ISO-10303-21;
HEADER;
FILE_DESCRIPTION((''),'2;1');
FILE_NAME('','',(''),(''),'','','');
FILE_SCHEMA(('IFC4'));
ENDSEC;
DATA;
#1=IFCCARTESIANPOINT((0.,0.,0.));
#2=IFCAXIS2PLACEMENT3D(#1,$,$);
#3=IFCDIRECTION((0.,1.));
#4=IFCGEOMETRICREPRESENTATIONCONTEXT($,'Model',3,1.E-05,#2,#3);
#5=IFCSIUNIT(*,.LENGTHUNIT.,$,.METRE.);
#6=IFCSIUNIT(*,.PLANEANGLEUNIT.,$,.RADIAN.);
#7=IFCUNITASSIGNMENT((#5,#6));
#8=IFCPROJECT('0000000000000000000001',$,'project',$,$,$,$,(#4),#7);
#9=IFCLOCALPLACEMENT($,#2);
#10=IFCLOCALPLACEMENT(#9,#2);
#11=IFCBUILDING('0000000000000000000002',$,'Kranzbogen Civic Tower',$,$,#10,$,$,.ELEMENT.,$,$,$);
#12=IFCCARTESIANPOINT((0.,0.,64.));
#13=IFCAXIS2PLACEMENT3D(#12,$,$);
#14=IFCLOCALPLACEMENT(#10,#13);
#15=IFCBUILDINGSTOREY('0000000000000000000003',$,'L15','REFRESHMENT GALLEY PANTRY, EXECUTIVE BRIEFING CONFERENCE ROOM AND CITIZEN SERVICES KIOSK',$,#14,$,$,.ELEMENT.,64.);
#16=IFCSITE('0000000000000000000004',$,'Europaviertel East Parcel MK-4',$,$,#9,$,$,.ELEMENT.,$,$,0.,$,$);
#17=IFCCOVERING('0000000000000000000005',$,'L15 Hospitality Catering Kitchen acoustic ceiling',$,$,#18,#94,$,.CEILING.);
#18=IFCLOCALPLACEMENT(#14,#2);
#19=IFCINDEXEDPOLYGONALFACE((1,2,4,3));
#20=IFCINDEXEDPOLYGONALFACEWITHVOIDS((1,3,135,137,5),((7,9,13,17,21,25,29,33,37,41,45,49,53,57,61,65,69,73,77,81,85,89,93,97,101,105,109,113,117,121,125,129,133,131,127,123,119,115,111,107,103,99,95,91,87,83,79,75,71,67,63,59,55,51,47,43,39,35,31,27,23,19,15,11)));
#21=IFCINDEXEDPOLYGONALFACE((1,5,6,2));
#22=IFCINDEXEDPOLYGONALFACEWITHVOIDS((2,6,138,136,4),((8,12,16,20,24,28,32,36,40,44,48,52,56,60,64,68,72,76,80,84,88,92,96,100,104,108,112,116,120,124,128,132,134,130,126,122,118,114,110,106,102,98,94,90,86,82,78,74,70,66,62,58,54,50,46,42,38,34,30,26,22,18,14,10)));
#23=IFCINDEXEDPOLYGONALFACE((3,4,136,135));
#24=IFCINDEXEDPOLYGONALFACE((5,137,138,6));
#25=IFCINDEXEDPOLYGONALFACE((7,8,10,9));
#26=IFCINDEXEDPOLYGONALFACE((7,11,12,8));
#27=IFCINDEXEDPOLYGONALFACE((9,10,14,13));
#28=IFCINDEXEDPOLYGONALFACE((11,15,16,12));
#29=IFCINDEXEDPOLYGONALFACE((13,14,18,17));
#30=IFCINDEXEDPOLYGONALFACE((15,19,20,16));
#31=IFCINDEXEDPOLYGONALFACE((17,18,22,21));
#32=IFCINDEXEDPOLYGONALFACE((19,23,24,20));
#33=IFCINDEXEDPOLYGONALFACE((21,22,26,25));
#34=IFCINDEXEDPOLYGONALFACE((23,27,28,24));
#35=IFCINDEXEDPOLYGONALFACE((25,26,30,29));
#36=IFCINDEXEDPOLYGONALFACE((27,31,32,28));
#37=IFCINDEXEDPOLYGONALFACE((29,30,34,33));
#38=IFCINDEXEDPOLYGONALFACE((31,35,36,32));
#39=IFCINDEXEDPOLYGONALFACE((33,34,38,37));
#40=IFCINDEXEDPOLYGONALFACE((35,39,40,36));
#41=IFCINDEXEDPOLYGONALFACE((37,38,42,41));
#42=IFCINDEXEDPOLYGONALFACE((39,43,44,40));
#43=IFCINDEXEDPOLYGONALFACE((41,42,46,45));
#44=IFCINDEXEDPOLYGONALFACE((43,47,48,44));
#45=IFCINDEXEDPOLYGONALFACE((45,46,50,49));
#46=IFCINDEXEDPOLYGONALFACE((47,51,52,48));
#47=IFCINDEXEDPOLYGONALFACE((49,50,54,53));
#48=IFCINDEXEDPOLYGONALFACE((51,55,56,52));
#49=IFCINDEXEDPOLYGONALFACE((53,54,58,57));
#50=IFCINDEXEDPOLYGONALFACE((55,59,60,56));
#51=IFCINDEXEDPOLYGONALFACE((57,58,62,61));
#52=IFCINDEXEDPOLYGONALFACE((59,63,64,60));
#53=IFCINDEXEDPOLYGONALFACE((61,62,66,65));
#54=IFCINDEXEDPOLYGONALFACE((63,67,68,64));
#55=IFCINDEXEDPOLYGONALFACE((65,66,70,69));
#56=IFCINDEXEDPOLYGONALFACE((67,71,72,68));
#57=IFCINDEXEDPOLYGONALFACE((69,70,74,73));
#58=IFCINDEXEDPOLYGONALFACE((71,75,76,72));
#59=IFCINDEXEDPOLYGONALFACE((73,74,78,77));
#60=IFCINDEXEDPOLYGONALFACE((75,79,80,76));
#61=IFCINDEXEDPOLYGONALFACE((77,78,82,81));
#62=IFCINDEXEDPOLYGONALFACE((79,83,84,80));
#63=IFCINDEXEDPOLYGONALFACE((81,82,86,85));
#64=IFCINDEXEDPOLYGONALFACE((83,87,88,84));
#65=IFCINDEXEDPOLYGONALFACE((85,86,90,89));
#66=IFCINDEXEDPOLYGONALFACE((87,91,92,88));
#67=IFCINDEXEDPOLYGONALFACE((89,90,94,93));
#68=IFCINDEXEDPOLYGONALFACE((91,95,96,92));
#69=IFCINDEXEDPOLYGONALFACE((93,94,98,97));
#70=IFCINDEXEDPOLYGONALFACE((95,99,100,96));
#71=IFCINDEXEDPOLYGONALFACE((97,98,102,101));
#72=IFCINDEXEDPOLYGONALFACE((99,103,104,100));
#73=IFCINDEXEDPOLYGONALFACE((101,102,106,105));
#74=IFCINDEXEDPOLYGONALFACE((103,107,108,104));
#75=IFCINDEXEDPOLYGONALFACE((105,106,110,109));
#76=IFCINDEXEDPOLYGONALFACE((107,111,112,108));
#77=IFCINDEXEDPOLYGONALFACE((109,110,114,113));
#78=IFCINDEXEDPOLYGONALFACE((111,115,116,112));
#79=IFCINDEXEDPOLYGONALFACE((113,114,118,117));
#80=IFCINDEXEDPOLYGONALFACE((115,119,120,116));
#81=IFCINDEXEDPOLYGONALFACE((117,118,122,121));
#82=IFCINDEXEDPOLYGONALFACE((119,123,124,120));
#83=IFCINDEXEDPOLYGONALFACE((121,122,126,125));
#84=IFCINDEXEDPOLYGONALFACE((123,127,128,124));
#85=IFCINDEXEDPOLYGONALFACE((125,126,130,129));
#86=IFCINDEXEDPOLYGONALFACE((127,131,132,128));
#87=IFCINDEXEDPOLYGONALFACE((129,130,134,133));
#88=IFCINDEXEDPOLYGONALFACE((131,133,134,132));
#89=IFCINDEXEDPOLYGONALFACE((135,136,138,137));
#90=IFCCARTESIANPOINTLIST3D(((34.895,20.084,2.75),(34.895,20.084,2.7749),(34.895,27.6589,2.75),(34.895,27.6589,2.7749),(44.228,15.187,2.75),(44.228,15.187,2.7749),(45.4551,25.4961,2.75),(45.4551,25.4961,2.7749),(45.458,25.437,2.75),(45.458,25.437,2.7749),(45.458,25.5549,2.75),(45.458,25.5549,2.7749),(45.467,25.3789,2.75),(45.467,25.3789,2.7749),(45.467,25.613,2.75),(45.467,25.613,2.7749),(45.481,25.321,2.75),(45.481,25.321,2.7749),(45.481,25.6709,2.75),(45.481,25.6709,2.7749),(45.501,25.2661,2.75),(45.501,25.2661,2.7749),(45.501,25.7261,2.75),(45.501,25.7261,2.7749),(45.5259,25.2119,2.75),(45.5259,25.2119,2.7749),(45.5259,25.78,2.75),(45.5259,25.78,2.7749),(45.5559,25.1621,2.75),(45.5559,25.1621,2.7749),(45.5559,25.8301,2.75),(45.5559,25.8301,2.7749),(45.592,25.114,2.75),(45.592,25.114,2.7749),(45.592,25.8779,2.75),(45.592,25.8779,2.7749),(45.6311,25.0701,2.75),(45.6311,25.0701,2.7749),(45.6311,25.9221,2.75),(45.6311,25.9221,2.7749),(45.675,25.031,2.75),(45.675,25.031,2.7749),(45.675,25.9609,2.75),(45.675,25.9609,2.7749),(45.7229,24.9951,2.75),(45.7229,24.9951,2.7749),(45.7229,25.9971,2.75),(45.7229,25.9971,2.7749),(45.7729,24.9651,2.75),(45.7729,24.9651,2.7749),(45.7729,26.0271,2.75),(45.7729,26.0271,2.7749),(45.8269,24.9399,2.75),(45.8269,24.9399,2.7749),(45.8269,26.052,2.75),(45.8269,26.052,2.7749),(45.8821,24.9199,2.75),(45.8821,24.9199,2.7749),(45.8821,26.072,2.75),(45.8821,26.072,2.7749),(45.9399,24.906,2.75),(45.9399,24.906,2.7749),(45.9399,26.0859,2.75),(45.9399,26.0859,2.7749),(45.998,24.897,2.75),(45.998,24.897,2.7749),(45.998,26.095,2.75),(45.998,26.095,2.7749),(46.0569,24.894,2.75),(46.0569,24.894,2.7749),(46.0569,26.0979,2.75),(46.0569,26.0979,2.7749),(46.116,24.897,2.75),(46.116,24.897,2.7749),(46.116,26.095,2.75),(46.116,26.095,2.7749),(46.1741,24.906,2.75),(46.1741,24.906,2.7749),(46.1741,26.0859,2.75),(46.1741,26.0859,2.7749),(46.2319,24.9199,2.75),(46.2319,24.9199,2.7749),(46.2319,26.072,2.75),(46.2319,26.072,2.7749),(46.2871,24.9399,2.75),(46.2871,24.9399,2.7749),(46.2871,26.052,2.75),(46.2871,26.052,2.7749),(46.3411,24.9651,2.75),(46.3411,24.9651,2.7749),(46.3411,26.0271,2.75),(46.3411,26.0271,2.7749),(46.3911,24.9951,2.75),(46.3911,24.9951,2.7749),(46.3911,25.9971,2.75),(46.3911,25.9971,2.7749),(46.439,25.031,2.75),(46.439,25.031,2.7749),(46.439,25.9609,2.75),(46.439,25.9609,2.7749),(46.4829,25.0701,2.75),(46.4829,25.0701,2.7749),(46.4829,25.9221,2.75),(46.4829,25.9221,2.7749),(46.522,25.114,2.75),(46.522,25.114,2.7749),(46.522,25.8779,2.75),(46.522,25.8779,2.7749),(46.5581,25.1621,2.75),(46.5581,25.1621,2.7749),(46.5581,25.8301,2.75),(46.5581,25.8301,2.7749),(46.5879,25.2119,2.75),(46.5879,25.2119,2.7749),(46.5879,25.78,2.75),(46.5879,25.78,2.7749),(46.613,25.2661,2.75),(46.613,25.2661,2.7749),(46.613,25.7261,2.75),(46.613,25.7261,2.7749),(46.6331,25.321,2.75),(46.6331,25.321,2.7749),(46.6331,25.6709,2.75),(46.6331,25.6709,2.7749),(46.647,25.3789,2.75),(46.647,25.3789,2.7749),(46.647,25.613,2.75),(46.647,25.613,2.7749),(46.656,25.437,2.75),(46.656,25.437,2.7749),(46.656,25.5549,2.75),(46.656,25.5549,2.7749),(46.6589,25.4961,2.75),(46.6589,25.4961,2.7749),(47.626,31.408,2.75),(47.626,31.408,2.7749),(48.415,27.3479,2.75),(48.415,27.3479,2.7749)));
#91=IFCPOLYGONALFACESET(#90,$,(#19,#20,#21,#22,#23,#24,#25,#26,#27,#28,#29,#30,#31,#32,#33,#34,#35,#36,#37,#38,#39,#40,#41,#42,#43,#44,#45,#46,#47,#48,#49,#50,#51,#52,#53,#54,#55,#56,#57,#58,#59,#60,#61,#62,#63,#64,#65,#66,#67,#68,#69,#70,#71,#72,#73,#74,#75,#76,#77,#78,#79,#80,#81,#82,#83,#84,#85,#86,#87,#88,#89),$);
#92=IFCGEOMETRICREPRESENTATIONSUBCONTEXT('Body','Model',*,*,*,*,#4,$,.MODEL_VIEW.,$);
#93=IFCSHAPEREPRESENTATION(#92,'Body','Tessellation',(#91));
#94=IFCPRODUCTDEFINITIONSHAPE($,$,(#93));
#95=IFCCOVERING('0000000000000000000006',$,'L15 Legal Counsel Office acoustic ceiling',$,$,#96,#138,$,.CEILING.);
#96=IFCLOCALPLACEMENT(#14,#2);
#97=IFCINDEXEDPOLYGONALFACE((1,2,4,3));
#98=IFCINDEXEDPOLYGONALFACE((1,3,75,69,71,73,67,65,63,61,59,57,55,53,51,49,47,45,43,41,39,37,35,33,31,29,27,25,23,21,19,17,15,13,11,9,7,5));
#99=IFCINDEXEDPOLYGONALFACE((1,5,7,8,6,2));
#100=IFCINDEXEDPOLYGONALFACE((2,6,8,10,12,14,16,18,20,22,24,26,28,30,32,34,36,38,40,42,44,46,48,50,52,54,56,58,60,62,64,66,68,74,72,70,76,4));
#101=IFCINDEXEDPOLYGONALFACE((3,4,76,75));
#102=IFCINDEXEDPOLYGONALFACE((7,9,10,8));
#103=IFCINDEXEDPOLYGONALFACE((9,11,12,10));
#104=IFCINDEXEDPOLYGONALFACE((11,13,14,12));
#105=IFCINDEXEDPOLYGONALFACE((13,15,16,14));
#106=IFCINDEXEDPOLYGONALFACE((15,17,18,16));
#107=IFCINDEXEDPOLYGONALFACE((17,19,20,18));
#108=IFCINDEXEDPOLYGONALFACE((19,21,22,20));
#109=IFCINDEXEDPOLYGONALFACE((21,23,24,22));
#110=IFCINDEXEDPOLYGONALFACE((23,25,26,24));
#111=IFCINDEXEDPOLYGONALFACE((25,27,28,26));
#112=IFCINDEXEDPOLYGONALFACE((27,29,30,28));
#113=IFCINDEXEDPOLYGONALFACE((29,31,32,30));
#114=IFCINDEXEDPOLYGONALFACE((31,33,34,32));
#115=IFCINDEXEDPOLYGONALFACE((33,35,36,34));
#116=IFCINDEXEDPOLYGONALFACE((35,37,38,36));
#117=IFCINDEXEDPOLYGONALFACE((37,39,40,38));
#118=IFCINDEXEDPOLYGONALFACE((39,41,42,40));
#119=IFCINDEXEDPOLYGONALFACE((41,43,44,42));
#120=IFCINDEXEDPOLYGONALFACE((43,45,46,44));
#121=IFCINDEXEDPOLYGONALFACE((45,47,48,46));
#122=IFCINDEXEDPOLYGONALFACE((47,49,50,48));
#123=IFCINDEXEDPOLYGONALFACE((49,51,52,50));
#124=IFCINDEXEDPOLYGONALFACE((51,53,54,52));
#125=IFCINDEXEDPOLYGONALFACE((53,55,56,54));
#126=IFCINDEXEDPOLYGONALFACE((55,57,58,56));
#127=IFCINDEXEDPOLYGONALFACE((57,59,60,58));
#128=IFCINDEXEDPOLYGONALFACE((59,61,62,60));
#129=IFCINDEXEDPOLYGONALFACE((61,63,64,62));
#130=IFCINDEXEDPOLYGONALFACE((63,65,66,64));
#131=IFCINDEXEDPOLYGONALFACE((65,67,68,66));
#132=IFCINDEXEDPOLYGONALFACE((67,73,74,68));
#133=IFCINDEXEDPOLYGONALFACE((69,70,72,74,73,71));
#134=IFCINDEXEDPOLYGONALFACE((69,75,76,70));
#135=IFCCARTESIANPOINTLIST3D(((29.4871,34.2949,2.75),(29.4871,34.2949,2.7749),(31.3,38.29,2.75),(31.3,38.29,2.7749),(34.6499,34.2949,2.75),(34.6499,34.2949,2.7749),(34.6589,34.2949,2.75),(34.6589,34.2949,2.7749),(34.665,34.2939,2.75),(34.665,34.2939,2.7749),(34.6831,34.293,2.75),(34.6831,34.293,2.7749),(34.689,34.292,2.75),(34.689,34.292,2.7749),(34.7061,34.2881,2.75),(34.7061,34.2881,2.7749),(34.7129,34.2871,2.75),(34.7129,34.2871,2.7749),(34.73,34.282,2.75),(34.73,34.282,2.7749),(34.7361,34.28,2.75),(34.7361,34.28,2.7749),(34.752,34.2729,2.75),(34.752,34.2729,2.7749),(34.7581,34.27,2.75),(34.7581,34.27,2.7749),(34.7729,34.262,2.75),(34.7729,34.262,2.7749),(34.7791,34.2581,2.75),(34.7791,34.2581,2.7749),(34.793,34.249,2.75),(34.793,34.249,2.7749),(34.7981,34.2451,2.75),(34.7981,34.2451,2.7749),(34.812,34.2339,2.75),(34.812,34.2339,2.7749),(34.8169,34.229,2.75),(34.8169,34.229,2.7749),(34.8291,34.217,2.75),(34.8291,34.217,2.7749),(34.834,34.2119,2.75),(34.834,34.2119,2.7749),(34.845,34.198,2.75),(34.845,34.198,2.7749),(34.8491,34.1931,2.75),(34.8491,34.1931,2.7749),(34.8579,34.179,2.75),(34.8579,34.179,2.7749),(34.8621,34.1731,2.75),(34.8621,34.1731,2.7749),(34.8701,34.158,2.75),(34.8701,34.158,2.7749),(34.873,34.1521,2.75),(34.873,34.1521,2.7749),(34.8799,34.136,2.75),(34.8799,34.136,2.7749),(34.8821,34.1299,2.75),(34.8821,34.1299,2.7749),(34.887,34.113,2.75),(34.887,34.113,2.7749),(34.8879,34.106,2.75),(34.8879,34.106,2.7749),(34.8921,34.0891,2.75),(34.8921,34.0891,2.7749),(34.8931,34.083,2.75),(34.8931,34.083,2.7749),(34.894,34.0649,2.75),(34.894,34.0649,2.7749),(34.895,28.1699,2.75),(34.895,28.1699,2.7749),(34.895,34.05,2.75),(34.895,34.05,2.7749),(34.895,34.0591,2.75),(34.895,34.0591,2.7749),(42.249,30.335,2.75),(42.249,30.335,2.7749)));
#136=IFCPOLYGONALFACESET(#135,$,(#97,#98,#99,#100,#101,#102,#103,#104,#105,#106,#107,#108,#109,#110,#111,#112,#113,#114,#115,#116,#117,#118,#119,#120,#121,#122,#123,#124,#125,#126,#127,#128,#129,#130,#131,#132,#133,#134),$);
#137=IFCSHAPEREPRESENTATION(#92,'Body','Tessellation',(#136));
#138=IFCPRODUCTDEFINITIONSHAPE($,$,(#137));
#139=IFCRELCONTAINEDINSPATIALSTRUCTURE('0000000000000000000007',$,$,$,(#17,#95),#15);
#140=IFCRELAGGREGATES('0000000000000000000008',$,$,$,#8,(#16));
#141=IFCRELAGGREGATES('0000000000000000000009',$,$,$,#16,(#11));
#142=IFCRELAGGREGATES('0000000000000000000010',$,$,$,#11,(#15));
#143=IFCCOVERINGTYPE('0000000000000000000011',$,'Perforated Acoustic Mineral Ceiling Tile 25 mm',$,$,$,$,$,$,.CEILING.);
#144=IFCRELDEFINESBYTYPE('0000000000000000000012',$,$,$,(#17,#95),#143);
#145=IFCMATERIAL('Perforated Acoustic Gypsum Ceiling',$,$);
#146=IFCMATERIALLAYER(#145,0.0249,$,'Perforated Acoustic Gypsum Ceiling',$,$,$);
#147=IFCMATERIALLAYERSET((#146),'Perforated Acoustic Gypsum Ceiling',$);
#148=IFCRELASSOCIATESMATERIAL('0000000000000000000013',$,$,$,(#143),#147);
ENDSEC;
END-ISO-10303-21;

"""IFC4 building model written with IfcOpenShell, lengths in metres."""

from ifc_helpers import new_model, si_unit, direction, frame, origin, place, context, subcontext, project, spatial, polyline, outline, extrude, material, layer, layer_set, type_object, element, save


model = new_model("IFC4")

# Units and contexts
model_context = context("Model", 3, precision=1e-05, world=origin(), true_north=direction((0.0, 1.0)))
body_context = subcontext(model_context, "Body", "Model", "MODEL_VIEW")
ifc_project = project(units=[si_unit("LENGTHUNIT", "METRE"), si_unit("PLANEANGLEUNIT", "RADIAN")], contexts=[model_context])

# Site, building, storey
site_placement = place(None, origin())
site = spatial("IfcSite", under=ifc_project, at=site_placement, Name="Europaviertel East Parcel MK-4", CompositionType="ELEMENT", RefElevation=0.0)
building_placement = place(site_placement, origin())
building = spatial("IfcBuilding", under=site, at=building_placement, Name="Kranzbogen Civic Tower", CompositionType="ELEMENT")
storey_placement = place(building_placement, frame((0.0, 0.0, 64.0)))
storey = spatial("IfcBuildingStorey", under=building, at=storey_placement, Name="L15", Description="REFRESHMENT GALLEY PANTRY, EXECUTIVE BRIEFING CONFERENCE ROOM AND CITIZEN SERVICES KIOSK", CompositionType="ELEMENT", Elevation=64.0)

# Coverings
ifc_material_1 = material(Name="Perforated Acoustic Gypsum Ceiling")
ifc_layer_1 = layer(ifc_material_1, 0.0249, Name="Perforated Acoustic Gypsum Ceiling")
ifc_layer_set_1 = layer_set([ifc_layer_1], Name="Perforated Acoustic Gypsum Ceiling")
covering_type_1 = type_object("IfcCoveringType", Name="Perforated Acoustic Mineral Ceiling Tile 25 mm", PredefinedType="CEILING", material=ifc_layer_set_1)
covering_1_placement = place(storey_placement, frame((0.0, 0.0, 2.75)))
element("IfcCovering", 1, at=covering_1_placement, inside=storey, type_object=covering_type_1, Name="L15 Hospitality Catering Kitchen acoustic ceiling", PredefinedType="CEILING", context=body_context, shape_type="SweptSolid", body=[
    extrude(outline(polyline([(34.895, 20.084), (34.895, 27.6589), (47.626, 31.408), (48.415, 27.3479), (44.228, 15.187), (34.895, 20.084)]), holes=[polyline([(46.613, 25.2661), (46.5879, 25.2119), (46.5581, 25.1621), (46.522, 25.114), (46.4829, 25.0701), (46.439, 25.031), (46.3911, 24.9951), (46.3411, 24.9651), (46.2871, 24.9399), (46.2319, 24.9199), (46.1741, 24.906), (46.116, 24.897), (46.0569, 24.894), (45.998, 24.897), (45.9399, 24.906), (45.8821, 24.9199), (45.8269, 24.9399), (45.7729, 24.9651), (45.7229, 24.9951), (45.675, 25.031), (45.6311, 25.0701), (45.592, 25.114), (45.5559, 25.1621), (45.5259, 25.2119), (45.501, 25.2661), (45.481, 25.321), (45.467, 25.3789), (45.458, 25.437), (45.4551, 25.4961), (45.458, 25.5549), (45.467, 25.613), (45.481, 25.6709), (45.501, 25.7261), (45.5259, 25.78), (45.5559, 25.8301), (45.592, 25.8779), (45.6311, 25.9221), (45.675, 25.9609), (45.7229, 25.9971), (45.7729, 26.0271), (45.8269, 26.052), (45.8821, 26.072), (45.9399, 26.0859), (45.998, 26.095), (46.0569, 26.0979), (46.116, 26.095), (46.1741, 26.0859), (46.2319, 26.072), (46.2871, 26.052), (46.3411, 26.0271), (46.3911, 25.9971), (46.439, 25.9609), (46.4829, 25.9221), (46.522, 25.8779), (46.5581, 25.8301), (46.5879, 25.78), (46.613, 25.7261), (46.6331, 25.6709), (46.647, 25.613), (46.656, 25.5549), (46.6589, 25.4961), (46.656, 25.437), (46.647, 25.3789), (46.6331, 25.321), (46.613, 25.2661)])]), origin(), (0.0, 0.0, 1.0), 0.0249),
])
covering_2_placement = place(storey_placement, frame((0.0, 0.0, 2.75)))
element("IfcCovering", 2, at=covering_2_placement, inside=storey, type_object=covering_type_1, Name="L15 Legal Counsel Office acoustic ceiling", PredefinedType="CEILING", context=body_context, shape_type="SweptSolid", body=[
    extrude(outline(polyline([(34.895, 34.05), (34.895, 34.0591), (34.894, 34.0649), (34.8931, 34.083), (34.8921, 34.0891), (34.8879, 34.106), (34.887, 34.113), (34.8821, 34.1299), (34.8799, 34.136), (34.873, 34.1521), (34.8701, 34.158), (34.8621, 34.1731), (34.8579, 34.179), (34.8491, 34.1931), (34.845, 34.198), (34.834, 34.2119), (34.8291, 34.217), (34.8169, 34.229), (34.812, 34.2339), (34.7981, 34.2451), (34.793, 34.249), (34.7791, 34.2581), (34.7729, 34.262), (34.7581, 34.27), (34.752, 34.2729), (34.7361, 34.28), (34.73, 34.282), (34.7129, 34.2871), (34.7061, 34.2881), (34.689, 34.292), (34.6831, 34.293), (34.665, 34.2939), (34.6589, 34.2949), (34.6499, 34.2949), (29.4871, 34.2949), (31.3, 38.29), (42.249, 30.335), (34.895, 28.1699), (34.895, 34.05)])), origin(), (0.0, 0.0, 1.0), 0.0249),
])

save(model, "model.ifc")
